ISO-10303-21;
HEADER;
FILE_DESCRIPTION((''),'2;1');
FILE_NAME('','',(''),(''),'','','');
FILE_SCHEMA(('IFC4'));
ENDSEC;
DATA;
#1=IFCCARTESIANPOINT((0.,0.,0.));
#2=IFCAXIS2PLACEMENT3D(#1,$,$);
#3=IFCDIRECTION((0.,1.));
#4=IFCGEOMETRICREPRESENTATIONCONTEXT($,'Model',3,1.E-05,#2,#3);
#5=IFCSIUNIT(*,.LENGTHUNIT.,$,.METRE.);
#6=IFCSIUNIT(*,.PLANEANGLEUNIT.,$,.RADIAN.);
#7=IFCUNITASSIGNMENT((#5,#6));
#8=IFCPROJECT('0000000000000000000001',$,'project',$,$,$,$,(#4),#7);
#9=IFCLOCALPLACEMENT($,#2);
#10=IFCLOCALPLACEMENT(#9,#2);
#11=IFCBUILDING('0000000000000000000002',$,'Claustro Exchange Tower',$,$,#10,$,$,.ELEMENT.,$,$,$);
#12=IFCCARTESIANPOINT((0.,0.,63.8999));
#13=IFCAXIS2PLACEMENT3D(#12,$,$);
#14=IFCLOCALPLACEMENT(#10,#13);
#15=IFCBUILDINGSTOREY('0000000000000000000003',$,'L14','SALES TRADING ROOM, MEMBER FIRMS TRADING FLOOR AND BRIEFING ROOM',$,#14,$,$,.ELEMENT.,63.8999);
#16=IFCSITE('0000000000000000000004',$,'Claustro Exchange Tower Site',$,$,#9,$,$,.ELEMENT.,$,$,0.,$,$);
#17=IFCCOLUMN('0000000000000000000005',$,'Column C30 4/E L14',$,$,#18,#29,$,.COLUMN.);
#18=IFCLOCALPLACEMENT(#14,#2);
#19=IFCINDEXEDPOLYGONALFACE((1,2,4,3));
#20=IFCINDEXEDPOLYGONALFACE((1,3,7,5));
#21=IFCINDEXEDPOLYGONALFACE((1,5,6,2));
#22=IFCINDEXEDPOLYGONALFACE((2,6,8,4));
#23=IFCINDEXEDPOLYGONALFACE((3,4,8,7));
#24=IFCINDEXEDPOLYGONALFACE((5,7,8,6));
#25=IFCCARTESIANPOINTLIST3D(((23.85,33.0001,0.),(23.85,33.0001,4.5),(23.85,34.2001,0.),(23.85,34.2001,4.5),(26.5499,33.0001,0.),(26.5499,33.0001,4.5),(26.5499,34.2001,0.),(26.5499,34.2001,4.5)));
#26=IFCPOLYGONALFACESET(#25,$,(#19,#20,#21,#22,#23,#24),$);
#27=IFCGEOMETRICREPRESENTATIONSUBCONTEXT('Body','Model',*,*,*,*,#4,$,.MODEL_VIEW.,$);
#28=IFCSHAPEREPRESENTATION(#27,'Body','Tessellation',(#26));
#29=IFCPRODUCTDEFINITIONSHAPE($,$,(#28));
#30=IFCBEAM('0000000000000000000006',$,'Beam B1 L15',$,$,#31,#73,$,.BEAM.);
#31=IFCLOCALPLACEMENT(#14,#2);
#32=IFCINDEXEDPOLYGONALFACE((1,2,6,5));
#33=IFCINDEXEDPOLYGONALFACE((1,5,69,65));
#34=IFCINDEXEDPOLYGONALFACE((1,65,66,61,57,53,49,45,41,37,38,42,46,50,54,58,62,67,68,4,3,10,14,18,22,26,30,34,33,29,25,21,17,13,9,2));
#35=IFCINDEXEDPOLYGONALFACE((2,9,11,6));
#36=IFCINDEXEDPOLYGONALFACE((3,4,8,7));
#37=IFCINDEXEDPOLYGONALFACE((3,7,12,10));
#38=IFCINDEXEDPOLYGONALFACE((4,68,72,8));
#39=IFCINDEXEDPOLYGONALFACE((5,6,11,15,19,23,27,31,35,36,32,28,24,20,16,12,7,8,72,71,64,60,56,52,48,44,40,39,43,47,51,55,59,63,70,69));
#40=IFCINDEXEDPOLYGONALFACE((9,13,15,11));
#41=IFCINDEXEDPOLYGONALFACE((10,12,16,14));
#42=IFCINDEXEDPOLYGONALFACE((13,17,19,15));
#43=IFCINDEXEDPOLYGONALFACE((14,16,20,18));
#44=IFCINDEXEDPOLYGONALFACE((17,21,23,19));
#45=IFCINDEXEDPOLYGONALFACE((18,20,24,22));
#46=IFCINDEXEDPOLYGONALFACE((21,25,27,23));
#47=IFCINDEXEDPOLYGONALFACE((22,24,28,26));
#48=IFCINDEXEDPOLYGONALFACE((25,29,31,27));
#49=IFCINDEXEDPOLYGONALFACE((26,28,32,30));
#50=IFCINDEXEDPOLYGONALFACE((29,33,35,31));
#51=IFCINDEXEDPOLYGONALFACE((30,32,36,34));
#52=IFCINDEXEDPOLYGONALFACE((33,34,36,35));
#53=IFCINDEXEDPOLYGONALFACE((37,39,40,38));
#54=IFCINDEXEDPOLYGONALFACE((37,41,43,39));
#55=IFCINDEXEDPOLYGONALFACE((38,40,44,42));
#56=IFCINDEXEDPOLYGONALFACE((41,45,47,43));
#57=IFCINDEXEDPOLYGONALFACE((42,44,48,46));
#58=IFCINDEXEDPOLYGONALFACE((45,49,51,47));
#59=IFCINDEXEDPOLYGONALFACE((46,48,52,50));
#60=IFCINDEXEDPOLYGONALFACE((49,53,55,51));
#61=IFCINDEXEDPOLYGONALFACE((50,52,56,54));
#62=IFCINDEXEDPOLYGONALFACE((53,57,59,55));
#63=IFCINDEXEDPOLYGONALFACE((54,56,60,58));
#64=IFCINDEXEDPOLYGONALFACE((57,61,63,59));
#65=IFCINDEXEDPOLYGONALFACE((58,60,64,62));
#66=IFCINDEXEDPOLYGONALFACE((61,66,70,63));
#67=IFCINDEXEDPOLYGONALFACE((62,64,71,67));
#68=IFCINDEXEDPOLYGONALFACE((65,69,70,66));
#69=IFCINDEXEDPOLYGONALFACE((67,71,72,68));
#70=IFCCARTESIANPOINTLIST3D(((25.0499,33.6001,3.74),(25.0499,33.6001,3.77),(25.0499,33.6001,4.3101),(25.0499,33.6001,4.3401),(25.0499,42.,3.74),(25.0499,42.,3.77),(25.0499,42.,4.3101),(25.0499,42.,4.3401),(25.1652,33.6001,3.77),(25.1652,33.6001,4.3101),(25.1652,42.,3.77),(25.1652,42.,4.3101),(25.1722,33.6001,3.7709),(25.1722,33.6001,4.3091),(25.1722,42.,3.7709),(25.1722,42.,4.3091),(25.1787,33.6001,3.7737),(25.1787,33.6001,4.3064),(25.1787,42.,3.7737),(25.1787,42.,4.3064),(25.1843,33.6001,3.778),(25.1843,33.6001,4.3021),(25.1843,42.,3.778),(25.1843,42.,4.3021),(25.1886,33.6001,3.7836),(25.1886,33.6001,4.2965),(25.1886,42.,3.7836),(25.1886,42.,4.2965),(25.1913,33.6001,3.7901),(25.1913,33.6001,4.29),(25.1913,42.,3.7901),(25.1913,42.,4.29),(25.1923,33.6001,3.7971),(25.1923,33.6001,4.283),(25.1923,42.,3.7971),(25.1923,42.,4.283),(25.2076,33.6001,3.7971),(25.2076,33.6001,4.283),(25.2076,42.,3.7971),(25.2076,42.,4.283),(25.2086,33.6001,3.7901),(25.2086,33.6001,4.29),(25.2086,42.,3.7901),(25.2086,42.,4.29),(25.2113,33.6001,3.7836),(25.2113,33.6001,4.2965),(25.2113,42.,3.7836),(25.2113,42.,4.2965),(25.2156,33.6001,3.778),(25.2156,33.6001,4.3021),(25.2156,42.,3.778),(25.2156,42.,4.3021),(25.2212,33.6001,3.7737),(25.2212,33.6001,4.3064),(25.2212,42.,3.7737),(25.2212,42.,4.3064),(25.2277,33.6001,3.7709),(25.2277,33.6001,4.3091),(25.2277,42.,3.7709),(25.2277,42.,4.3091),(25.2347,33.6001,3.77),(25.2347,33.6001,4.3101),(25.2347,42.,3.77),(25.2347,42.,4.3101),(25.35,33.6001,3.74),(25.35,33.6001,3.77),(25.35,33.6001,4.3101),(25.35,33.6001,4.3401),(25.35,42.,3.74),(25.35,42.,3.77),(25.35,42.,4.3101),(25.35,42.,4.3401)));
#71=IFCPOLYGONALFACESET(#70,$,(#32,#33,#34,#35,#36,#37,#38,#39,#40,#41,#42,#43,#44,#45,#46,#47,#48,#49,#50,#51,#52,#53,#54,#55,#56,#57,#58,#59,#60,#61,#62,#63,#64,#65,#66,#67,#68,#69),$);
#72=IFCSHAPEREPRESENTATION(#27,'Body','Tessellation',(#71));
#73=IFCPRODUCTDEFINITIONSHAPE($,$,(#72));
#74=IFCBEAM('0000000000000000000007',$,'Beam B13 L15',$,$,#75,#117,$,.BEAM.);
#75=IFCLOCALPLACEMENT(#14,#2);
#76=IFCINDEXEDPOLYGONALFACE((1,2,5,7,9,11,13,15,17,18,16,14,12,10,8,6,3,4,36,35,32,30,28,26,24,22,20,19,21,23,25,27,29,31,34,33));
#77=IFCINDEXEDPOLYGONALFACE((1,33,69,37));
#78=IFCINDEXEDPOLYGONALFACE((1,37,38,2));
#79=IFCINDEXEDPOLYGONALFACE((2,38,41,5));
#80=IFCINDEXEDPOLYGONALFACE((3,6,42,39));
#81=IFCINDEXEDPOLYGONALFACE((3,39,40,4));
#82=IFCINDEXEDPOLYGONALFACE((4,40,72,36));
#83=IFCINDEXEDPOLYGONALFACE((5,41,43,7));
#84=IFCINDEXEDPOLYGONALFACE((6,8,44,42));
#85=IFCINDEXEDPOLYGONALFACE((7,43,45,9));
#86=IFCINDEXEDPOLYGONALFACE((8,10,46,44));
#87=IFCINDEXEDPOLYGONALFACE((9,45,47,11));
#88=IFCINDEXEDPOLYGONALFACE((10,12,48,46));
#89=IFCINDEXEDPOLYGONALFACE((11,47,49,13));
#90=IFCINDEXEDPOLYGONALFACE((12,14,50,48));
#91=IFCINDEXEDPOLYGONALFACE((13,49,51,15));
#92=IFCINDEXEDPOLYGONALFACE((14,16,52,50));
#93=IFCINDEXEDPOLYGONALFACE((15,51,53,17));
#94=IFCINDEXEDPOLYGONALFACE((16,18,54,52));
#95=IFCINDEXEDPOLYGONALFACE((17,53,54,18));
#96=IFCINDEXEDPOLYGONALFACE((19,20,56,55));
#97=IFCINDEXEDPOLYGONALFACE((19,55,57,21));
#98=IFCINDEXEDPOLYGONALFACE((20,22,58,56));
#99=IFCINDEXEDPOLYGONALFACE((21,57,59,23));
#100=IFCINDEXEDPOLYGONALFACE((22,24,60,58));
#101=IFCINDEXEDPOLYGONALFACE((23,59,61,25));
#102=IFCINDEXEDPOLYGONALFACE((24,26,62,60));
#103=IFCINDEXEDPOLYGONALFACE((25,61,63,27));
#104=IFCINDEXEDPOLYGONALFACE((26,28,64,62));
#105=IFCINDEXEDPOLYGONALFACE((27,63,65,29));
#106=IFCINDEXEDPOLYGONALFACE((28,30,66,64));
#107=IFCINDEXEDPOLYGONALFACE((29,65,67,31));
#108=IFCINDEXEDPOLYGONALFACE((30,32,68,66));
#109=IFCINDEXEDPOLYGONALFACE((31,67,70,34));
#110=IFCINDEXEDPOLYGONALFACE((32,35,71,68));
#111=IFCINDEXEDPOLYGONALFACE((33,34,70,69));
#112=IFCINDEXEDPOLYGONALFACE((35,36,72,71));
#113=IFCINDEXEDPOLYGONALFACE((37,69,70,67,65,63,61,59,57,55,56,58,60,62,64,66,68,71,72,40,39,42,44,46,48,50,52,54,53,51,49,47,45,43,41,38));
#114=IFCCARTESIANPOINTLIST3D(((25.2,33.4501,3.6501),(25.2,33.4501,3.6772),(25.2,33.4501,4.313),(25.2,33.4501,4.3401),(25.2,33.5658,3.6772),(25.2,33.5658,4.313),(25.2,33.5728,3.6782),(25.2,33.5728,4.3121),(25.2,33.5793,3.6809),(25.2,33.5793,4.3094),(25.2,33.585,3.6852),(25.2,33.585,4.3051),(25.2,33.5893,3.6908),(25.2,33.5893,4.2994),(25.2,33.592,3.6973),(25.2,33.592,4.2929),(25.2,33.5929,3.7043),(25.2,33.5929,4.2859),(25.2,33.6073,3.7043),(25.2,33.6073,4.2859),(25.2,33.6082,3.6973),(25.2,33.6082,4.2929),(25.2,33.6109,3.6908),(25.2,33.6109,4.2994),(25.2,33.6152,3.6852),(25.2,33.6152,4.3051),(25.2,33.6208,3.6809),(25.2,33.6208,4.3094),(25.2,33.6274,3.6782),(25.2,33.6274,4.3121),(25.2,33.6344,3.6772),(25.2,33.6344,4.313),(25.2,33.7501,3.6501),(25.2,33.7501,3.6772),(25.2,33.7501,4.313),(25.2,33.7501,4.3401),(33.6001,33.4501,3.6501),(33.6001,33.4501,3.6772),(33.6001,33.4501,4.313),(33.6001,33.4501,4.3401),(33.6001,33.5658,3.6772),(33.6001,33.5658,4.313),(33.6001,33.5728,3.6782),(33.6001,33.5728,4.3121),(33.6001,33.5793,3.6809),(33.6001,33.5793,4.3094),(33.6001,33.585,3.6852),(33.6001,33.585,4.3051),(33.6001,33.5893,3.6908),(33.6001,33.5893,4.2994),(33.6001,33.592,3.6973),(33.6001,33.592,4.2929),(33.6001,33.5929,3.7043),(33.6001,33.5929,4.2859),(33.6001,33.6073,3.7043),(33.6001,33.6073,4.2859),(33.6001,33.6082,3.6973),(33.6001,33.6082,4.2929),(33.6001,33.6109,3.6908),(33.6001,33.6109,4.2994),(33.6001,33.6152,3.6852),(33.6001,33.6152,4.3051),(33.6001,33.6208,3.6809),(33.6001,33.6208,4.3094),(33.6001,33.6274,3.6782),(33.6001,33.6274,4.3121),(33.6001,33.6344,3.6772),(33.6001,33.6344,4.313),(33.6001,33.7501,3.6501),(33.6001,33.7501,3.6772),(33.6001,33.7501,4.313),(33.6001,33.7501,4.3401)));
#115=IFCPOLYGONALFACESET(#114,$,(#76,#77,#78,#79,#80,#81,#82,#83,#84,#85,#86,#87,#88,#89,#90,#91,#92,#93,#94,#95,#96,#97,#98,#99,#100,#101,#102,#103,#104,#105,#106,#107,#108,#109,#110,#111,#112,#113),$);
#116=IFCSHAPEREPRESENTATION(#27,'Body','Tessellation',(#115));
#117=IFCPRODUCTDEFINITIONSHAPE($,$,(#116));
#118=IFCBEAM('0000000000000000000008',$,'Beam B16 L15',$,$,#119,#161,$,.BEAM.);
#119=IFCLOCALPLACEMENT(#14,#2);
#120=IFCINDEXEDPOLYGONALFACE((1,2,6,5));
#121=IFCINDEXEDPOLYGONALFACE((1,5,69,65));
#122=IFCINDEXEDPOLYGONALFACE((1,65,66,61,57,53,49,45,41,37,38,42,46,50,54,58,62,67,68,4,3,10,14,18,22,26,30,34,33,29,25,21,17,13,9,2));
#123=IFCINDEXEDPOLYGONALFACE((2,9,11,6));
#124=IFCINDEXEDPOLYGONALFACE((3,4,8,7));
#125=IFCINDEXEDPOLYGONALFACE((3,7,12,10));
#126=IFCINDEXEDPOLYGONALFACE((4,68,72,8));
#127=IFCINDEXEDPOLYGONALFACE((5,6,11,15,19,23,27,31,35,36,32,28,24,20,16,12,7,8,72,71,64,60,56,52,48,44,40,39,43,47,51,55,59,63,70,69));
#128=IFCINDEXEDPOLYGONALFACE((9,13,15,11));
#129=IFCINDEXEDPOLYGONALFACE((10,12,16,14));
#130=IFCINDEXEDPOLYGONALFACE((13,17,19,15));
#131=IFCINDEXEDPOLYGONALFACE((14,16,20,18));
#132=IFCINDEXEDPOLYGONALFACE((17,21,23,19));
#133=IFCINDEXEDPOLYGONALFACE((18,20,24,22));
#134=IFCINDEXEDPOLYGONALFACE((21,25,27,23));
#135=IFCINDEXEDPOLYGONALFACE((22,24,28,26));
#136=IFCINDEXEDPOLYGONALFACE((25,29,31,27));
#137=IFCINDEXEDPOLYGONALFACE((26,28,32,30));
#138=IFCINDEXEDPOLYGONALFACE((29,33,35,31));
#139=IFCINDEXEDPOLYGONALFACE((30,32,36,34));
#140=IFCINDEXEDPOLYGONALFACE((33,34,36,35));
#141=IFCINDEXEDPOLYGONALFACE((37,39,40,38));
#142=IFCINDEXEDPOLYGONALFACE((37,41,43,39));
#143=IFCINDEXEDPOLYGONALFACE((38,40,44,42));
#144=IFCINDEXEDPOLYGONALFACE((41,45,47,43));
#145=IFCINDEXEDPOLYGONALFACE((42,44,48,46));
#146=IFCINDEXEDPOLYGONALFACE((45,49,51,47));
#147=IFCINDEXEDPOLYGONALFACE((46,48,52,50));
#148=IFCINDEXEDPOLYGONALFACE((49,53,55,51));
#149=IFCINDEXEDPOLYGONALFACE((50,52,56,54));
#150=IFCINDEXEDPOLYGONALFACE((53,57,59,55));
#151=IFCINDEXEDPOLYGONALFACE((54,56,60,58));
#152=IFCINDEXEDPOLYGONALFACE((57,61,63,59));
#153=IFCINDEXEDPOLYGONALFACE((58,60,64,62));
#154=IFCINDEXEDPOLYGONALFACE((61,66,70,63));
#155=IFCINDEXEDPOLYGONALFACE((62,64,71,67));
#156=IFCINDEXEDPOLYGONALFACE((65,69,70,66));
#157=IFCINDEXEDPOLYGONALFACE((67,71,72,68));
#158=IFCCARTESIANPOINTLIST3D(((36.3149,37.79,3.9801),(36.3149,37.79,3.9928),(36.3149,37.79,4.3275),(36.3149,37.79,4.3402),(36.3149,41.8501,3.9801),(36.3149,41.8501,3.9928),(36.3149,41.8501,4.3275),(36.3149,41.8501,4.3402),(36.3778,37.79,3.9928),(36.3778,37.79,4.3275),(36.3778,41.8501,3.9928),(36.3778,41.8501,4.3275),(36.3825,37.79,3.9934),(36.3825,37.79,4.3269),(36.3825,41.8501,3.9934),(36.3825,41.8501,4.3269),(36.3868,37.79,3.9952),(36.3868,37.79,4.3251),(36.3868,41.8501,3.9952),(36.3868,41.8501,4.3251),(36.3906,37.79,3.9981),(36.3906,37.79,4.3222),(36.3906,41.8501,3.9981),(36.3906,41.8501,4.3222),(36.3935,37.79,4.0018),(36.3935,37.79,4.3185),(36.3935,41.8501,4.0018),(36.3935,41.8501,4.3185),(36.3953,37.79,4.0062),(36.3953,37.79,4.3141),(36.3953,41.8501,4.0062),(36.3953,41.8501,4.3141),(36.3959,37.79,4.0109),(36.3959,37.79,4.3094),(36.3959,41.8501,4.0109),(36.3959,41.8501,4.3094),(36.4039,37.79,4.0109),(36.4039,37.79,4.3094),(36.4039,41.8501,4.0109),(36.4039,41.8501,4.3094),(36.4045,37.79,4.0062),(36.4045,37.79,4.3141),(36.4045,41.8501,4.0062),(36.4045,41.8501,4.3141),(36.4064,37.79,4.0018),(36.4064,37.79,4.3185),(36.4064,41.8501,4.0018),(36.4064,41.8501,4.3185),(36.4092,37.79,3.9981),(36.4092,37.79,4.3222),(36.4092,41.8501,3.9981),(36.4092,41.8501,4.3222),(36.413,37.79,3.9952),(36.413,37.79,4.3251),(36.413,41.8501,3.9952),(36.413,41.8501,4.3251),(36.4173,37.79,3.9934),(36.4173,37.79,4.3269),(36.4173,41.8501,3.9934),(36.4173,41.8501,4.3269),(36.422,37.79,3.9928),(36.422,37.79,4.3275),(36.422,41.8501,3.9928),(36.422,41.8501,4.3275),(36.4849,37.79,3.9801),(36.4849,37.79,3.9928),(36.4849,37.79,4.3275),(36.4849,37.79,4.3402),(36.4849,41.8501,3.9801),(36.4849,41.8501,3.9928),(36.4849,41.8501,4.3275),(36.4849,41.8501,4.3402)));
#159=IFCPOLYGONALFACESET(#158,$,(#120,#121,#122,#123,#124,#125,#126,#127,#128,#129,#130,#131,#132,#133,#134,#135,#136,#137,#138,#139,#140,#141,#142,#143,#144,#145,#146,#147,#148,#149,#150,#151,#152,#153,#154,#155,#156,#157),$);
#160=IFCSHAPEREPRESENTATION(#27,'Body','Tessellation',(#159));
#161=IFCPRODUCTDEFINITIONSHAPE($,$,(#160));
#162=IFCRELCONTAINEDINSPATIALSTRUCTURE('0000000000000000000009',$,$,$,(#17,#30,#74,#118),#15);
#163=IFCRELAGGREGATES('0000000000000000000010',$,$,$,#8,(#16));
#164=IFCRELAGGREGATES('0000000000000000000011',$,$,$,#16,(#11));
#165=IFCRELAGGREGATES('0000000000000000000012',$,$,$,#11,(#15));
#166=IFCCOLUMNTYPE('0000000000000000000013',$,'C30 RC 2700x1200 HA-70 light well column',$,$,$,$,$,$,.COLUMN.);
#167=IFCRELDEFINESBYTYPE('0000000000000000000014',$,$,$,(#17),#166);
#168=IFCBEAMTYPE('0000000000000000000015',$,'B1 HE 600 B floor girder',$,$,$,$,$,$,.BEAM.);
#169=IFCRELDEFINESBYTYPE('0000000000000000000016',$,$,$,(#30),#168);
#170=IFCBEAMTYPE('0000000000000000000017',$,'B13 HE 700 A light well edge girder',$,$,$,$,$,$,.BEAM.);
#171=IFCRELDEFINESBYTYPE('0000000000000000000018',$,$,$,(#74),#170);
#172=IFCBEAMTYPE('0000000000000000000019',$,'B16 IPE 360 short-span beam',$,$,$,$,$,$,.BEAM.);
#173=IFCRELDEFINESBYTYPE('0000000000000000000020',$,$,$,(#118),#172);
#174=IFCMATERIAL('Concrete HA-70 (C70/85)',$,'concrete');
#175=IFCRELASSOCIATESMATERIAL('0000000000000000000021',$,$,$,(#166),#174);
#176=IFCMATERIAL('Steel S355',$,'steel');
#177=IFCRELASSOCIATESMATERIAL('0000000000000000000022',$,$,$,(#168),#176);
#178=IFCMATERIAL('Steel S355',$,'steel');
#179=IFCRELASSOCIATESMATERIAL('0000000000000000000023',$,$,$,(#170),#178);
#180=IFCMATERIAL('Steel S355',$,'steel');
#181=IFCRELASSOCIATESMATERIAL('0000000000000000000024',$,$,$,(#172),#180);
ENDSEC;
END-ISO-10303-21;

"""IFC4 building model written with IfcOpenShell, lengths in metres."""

from ifc_helpers import new_model, si_unit, direction, frame, origin, origin_2d, place, context, subcontext, project, spatial, rectangle, i_section, extrude, material, material_profile, profile_set, type_object, element, save


model = new_model("IFC4")

# Units and contexts
model_context = context("Model", 3, precision=1e-05, world=origin(), true_north=direction((0.0, 1.0)))
body_context = subcontext(model_context, "Body", "Model", "MODEL_VIEW")
ifc_project = project(units=[si_unit("LENGTHUNIT", "METRE"), si_unit("PLANEANGLEUNIT", "RADIAN")], contexts=[model_context])

# Site, building, storey
site_placement = place(None, origin())
site = spatial("IfcSite", under=ifc_project, at=site_placement, Name="Claustro Exchange Tower Site", CompositionType="ELEMENT", RefElevation=0.0)
building_placement = place(site_placement, origin())
building = spatial("IfcBuilding", under=site, at=building_placement, Name="Claustro Exchange Tower", CompositionType="ELEMENT")
storey_placement = place(building_placement, frame((0.0, 0.0, 63.8999)))
storey = spatial("IfcBuildingStorey", under=building, at=storey_placement, Name="L14", Description="SALES TRADING ROOM, MEMBER FIRMS TRADING FLOOR AND BRIEFING ROOM", CompositionType="ELEMENT", Elevation=63.8999)

# Column
ifc_material_1 = material(Name="Concrete HA-70 (C70/85)", Category="concrete")
ifc_material_profile_1 = material_profile(ifc_material_1, rectangle(XDim=2.7, YDim=1.2, at=origin_2d()), Name="RC 2700x1200")
ifc_profile_set_1 = profile_set([ifc_material_profile_1], Name="Concrete HA-70 (C70/85)")
column_type = type_object("IfcColumnType", Name="C30 RC 2700x1200 HA-70 light well column", PredefinedType="COLUMN", material=ifc_profile_set_1)
column_placement = place(storey_placement, frame((25.2, 33.6001, 0.0), z_axis=(0.0, 0.0, 1.0), x_axis=(1.0, 0.0, 0.0)))
element("IfcColumn", 1, at=column_placement, inside=storey, type_object=column_type, Name="Column C30 4/E L14", PredefinedType="COLUMN", context=body_context, shape_type="SweptSolid", body=[
    extrude(rectangle(XDim=2.7, YDim=1.2, at=origin_2d()), origin(), (0.0, 0.0, 1.0), 4.5),
])

# Beams
ifc_material_2 = material(Name="Steel S355", Category="steel")
ifc_material_profile_2 = material_profile(ifc_material_2, i_section(OverallWidth=0.3, OverallDepth=0.6001, WebThickness=0.0154, FlangeThickness=0.03, FilletRadius=0.0271, at=origin_2d()), Name="HE 600 B")
ifc_profile_set_2 = profile_set([ifc_material_profile_2], Name="Steel S355")
beam_type_1 = type_object("IfcBeamType", Name="B1 HE 600 B floor girder", PredefinedType="BEAM", material=ifc_profile_set_2)
beam_1_placement = place(storey_placement, frame((25.2, 33.6001, 4.04), z_axis=(0.0, 1.0, 0.0), x_axis=(-1.0, 0.0, 0.0)))
element("IfcBeam", 2, at=beam_1_placement, inside=storey, type_object=beam_type_1, Name="Beam B1 L15", PredefinedType="BEAM", context=body_context, shape_type="SweptSolid", body=[
    extrude(i_section(OverallWidth=0.3, OverallDepth=0.6001, WebThickness=0.0154, FlangeThickness=0.03, FilletRadius=0.0271, at=origin_2d()), origin(), (0.0, 0.0, 1.0), 8.3999),
])
ifc_material_3 = material(Name="Steel S355", Category="steel")
ifc_material_profile_3 = material_profile(ifc_material_3, i_section(OverallWidth=0.3, OverallDepth=0.6899, WebThickness=0.0144, FlangeThickness=0.0271, FilletRadius=0.0271, at=origin_2d()), Name="HE 700 A")
ifc_profile_set_3 = profile_set([ifc_material_profile_3], Name="Steel S355")
beam_type_2 = type_object("IfcBeamType", Name="B13 HE 700 A light well edge girder", PredefinedType="BEAM", material=ifc_profile_set_3)
beam_2_placement = place(storey_placement, frame((25.2, 33.6001, 3.9951), z_axis=(1.0, 0.0, 0.0), x_axis=(0.0, 1.0, 0.0)))
element("IfcBeam", 3, at=beam_2_placement, inside=storey, type_object=beam_type_2, Name="Beam B13 L15", PredefinedType="BEAM", context=body_context, shape_type="SweptSolid", body=[
    extrude(i_section(OverallWidth=0.3, OverallDepth=0.6899, WebThickness=0.0144, FlangeThickness=0.0271, FilletRadius=0.0271, at=origin_2d()), origin(), (0.0, 0.0, 1.0), 8.4001),
])
ifc_material_4 = material(Name="Steel S355", Category="steel")
ifc_material_profile_4 = material_profile(ifc_material_4, i_section(OverallWidth=0.1699, OverallDepth=0.3601, WebThickness=0.0081, FlangeThickness=0.0127, FilletRadius=0.0181, at=origin_2d()), Name="IPE 360")
ifc_profile_set_4 = profile_set([ifc_material_profile_4], Name="Steel S355")
beam_type_3 = type_object("IfcBeamType", Name="B16 IPE 360 short-span beam", PredefinedType="BEAM", material=ifc_profile_set_4)
for number, where, z_axis, x_axis, name in (
    (4, (36.3999, 37.79, 4.1602), (0.0, 1.0, 0.0), (-1.0, 0.0, 0.0), "Beam B16 L15"),
):
    element("IfcBeam", number, at=place(storey_placement, frame(where, z_axis=z_axis, x_axis=x_axis)), inside=storey, type_object=beam_type_3, Name=name, PredefinedType="BEAM", context=body_context, shape_type="SweptSolid", body=[
        extrude(i_section(OverallWidth=0.1699, OverallDepth=0.3601, WebThickness=0.0081, FlangeThickness=0.0127, FilletRadius=0.0181, at=origin_2d()), origin(), (0.0, 0.0, 1.0), 4.0601),
    ])

save(model, "model.ifc")
